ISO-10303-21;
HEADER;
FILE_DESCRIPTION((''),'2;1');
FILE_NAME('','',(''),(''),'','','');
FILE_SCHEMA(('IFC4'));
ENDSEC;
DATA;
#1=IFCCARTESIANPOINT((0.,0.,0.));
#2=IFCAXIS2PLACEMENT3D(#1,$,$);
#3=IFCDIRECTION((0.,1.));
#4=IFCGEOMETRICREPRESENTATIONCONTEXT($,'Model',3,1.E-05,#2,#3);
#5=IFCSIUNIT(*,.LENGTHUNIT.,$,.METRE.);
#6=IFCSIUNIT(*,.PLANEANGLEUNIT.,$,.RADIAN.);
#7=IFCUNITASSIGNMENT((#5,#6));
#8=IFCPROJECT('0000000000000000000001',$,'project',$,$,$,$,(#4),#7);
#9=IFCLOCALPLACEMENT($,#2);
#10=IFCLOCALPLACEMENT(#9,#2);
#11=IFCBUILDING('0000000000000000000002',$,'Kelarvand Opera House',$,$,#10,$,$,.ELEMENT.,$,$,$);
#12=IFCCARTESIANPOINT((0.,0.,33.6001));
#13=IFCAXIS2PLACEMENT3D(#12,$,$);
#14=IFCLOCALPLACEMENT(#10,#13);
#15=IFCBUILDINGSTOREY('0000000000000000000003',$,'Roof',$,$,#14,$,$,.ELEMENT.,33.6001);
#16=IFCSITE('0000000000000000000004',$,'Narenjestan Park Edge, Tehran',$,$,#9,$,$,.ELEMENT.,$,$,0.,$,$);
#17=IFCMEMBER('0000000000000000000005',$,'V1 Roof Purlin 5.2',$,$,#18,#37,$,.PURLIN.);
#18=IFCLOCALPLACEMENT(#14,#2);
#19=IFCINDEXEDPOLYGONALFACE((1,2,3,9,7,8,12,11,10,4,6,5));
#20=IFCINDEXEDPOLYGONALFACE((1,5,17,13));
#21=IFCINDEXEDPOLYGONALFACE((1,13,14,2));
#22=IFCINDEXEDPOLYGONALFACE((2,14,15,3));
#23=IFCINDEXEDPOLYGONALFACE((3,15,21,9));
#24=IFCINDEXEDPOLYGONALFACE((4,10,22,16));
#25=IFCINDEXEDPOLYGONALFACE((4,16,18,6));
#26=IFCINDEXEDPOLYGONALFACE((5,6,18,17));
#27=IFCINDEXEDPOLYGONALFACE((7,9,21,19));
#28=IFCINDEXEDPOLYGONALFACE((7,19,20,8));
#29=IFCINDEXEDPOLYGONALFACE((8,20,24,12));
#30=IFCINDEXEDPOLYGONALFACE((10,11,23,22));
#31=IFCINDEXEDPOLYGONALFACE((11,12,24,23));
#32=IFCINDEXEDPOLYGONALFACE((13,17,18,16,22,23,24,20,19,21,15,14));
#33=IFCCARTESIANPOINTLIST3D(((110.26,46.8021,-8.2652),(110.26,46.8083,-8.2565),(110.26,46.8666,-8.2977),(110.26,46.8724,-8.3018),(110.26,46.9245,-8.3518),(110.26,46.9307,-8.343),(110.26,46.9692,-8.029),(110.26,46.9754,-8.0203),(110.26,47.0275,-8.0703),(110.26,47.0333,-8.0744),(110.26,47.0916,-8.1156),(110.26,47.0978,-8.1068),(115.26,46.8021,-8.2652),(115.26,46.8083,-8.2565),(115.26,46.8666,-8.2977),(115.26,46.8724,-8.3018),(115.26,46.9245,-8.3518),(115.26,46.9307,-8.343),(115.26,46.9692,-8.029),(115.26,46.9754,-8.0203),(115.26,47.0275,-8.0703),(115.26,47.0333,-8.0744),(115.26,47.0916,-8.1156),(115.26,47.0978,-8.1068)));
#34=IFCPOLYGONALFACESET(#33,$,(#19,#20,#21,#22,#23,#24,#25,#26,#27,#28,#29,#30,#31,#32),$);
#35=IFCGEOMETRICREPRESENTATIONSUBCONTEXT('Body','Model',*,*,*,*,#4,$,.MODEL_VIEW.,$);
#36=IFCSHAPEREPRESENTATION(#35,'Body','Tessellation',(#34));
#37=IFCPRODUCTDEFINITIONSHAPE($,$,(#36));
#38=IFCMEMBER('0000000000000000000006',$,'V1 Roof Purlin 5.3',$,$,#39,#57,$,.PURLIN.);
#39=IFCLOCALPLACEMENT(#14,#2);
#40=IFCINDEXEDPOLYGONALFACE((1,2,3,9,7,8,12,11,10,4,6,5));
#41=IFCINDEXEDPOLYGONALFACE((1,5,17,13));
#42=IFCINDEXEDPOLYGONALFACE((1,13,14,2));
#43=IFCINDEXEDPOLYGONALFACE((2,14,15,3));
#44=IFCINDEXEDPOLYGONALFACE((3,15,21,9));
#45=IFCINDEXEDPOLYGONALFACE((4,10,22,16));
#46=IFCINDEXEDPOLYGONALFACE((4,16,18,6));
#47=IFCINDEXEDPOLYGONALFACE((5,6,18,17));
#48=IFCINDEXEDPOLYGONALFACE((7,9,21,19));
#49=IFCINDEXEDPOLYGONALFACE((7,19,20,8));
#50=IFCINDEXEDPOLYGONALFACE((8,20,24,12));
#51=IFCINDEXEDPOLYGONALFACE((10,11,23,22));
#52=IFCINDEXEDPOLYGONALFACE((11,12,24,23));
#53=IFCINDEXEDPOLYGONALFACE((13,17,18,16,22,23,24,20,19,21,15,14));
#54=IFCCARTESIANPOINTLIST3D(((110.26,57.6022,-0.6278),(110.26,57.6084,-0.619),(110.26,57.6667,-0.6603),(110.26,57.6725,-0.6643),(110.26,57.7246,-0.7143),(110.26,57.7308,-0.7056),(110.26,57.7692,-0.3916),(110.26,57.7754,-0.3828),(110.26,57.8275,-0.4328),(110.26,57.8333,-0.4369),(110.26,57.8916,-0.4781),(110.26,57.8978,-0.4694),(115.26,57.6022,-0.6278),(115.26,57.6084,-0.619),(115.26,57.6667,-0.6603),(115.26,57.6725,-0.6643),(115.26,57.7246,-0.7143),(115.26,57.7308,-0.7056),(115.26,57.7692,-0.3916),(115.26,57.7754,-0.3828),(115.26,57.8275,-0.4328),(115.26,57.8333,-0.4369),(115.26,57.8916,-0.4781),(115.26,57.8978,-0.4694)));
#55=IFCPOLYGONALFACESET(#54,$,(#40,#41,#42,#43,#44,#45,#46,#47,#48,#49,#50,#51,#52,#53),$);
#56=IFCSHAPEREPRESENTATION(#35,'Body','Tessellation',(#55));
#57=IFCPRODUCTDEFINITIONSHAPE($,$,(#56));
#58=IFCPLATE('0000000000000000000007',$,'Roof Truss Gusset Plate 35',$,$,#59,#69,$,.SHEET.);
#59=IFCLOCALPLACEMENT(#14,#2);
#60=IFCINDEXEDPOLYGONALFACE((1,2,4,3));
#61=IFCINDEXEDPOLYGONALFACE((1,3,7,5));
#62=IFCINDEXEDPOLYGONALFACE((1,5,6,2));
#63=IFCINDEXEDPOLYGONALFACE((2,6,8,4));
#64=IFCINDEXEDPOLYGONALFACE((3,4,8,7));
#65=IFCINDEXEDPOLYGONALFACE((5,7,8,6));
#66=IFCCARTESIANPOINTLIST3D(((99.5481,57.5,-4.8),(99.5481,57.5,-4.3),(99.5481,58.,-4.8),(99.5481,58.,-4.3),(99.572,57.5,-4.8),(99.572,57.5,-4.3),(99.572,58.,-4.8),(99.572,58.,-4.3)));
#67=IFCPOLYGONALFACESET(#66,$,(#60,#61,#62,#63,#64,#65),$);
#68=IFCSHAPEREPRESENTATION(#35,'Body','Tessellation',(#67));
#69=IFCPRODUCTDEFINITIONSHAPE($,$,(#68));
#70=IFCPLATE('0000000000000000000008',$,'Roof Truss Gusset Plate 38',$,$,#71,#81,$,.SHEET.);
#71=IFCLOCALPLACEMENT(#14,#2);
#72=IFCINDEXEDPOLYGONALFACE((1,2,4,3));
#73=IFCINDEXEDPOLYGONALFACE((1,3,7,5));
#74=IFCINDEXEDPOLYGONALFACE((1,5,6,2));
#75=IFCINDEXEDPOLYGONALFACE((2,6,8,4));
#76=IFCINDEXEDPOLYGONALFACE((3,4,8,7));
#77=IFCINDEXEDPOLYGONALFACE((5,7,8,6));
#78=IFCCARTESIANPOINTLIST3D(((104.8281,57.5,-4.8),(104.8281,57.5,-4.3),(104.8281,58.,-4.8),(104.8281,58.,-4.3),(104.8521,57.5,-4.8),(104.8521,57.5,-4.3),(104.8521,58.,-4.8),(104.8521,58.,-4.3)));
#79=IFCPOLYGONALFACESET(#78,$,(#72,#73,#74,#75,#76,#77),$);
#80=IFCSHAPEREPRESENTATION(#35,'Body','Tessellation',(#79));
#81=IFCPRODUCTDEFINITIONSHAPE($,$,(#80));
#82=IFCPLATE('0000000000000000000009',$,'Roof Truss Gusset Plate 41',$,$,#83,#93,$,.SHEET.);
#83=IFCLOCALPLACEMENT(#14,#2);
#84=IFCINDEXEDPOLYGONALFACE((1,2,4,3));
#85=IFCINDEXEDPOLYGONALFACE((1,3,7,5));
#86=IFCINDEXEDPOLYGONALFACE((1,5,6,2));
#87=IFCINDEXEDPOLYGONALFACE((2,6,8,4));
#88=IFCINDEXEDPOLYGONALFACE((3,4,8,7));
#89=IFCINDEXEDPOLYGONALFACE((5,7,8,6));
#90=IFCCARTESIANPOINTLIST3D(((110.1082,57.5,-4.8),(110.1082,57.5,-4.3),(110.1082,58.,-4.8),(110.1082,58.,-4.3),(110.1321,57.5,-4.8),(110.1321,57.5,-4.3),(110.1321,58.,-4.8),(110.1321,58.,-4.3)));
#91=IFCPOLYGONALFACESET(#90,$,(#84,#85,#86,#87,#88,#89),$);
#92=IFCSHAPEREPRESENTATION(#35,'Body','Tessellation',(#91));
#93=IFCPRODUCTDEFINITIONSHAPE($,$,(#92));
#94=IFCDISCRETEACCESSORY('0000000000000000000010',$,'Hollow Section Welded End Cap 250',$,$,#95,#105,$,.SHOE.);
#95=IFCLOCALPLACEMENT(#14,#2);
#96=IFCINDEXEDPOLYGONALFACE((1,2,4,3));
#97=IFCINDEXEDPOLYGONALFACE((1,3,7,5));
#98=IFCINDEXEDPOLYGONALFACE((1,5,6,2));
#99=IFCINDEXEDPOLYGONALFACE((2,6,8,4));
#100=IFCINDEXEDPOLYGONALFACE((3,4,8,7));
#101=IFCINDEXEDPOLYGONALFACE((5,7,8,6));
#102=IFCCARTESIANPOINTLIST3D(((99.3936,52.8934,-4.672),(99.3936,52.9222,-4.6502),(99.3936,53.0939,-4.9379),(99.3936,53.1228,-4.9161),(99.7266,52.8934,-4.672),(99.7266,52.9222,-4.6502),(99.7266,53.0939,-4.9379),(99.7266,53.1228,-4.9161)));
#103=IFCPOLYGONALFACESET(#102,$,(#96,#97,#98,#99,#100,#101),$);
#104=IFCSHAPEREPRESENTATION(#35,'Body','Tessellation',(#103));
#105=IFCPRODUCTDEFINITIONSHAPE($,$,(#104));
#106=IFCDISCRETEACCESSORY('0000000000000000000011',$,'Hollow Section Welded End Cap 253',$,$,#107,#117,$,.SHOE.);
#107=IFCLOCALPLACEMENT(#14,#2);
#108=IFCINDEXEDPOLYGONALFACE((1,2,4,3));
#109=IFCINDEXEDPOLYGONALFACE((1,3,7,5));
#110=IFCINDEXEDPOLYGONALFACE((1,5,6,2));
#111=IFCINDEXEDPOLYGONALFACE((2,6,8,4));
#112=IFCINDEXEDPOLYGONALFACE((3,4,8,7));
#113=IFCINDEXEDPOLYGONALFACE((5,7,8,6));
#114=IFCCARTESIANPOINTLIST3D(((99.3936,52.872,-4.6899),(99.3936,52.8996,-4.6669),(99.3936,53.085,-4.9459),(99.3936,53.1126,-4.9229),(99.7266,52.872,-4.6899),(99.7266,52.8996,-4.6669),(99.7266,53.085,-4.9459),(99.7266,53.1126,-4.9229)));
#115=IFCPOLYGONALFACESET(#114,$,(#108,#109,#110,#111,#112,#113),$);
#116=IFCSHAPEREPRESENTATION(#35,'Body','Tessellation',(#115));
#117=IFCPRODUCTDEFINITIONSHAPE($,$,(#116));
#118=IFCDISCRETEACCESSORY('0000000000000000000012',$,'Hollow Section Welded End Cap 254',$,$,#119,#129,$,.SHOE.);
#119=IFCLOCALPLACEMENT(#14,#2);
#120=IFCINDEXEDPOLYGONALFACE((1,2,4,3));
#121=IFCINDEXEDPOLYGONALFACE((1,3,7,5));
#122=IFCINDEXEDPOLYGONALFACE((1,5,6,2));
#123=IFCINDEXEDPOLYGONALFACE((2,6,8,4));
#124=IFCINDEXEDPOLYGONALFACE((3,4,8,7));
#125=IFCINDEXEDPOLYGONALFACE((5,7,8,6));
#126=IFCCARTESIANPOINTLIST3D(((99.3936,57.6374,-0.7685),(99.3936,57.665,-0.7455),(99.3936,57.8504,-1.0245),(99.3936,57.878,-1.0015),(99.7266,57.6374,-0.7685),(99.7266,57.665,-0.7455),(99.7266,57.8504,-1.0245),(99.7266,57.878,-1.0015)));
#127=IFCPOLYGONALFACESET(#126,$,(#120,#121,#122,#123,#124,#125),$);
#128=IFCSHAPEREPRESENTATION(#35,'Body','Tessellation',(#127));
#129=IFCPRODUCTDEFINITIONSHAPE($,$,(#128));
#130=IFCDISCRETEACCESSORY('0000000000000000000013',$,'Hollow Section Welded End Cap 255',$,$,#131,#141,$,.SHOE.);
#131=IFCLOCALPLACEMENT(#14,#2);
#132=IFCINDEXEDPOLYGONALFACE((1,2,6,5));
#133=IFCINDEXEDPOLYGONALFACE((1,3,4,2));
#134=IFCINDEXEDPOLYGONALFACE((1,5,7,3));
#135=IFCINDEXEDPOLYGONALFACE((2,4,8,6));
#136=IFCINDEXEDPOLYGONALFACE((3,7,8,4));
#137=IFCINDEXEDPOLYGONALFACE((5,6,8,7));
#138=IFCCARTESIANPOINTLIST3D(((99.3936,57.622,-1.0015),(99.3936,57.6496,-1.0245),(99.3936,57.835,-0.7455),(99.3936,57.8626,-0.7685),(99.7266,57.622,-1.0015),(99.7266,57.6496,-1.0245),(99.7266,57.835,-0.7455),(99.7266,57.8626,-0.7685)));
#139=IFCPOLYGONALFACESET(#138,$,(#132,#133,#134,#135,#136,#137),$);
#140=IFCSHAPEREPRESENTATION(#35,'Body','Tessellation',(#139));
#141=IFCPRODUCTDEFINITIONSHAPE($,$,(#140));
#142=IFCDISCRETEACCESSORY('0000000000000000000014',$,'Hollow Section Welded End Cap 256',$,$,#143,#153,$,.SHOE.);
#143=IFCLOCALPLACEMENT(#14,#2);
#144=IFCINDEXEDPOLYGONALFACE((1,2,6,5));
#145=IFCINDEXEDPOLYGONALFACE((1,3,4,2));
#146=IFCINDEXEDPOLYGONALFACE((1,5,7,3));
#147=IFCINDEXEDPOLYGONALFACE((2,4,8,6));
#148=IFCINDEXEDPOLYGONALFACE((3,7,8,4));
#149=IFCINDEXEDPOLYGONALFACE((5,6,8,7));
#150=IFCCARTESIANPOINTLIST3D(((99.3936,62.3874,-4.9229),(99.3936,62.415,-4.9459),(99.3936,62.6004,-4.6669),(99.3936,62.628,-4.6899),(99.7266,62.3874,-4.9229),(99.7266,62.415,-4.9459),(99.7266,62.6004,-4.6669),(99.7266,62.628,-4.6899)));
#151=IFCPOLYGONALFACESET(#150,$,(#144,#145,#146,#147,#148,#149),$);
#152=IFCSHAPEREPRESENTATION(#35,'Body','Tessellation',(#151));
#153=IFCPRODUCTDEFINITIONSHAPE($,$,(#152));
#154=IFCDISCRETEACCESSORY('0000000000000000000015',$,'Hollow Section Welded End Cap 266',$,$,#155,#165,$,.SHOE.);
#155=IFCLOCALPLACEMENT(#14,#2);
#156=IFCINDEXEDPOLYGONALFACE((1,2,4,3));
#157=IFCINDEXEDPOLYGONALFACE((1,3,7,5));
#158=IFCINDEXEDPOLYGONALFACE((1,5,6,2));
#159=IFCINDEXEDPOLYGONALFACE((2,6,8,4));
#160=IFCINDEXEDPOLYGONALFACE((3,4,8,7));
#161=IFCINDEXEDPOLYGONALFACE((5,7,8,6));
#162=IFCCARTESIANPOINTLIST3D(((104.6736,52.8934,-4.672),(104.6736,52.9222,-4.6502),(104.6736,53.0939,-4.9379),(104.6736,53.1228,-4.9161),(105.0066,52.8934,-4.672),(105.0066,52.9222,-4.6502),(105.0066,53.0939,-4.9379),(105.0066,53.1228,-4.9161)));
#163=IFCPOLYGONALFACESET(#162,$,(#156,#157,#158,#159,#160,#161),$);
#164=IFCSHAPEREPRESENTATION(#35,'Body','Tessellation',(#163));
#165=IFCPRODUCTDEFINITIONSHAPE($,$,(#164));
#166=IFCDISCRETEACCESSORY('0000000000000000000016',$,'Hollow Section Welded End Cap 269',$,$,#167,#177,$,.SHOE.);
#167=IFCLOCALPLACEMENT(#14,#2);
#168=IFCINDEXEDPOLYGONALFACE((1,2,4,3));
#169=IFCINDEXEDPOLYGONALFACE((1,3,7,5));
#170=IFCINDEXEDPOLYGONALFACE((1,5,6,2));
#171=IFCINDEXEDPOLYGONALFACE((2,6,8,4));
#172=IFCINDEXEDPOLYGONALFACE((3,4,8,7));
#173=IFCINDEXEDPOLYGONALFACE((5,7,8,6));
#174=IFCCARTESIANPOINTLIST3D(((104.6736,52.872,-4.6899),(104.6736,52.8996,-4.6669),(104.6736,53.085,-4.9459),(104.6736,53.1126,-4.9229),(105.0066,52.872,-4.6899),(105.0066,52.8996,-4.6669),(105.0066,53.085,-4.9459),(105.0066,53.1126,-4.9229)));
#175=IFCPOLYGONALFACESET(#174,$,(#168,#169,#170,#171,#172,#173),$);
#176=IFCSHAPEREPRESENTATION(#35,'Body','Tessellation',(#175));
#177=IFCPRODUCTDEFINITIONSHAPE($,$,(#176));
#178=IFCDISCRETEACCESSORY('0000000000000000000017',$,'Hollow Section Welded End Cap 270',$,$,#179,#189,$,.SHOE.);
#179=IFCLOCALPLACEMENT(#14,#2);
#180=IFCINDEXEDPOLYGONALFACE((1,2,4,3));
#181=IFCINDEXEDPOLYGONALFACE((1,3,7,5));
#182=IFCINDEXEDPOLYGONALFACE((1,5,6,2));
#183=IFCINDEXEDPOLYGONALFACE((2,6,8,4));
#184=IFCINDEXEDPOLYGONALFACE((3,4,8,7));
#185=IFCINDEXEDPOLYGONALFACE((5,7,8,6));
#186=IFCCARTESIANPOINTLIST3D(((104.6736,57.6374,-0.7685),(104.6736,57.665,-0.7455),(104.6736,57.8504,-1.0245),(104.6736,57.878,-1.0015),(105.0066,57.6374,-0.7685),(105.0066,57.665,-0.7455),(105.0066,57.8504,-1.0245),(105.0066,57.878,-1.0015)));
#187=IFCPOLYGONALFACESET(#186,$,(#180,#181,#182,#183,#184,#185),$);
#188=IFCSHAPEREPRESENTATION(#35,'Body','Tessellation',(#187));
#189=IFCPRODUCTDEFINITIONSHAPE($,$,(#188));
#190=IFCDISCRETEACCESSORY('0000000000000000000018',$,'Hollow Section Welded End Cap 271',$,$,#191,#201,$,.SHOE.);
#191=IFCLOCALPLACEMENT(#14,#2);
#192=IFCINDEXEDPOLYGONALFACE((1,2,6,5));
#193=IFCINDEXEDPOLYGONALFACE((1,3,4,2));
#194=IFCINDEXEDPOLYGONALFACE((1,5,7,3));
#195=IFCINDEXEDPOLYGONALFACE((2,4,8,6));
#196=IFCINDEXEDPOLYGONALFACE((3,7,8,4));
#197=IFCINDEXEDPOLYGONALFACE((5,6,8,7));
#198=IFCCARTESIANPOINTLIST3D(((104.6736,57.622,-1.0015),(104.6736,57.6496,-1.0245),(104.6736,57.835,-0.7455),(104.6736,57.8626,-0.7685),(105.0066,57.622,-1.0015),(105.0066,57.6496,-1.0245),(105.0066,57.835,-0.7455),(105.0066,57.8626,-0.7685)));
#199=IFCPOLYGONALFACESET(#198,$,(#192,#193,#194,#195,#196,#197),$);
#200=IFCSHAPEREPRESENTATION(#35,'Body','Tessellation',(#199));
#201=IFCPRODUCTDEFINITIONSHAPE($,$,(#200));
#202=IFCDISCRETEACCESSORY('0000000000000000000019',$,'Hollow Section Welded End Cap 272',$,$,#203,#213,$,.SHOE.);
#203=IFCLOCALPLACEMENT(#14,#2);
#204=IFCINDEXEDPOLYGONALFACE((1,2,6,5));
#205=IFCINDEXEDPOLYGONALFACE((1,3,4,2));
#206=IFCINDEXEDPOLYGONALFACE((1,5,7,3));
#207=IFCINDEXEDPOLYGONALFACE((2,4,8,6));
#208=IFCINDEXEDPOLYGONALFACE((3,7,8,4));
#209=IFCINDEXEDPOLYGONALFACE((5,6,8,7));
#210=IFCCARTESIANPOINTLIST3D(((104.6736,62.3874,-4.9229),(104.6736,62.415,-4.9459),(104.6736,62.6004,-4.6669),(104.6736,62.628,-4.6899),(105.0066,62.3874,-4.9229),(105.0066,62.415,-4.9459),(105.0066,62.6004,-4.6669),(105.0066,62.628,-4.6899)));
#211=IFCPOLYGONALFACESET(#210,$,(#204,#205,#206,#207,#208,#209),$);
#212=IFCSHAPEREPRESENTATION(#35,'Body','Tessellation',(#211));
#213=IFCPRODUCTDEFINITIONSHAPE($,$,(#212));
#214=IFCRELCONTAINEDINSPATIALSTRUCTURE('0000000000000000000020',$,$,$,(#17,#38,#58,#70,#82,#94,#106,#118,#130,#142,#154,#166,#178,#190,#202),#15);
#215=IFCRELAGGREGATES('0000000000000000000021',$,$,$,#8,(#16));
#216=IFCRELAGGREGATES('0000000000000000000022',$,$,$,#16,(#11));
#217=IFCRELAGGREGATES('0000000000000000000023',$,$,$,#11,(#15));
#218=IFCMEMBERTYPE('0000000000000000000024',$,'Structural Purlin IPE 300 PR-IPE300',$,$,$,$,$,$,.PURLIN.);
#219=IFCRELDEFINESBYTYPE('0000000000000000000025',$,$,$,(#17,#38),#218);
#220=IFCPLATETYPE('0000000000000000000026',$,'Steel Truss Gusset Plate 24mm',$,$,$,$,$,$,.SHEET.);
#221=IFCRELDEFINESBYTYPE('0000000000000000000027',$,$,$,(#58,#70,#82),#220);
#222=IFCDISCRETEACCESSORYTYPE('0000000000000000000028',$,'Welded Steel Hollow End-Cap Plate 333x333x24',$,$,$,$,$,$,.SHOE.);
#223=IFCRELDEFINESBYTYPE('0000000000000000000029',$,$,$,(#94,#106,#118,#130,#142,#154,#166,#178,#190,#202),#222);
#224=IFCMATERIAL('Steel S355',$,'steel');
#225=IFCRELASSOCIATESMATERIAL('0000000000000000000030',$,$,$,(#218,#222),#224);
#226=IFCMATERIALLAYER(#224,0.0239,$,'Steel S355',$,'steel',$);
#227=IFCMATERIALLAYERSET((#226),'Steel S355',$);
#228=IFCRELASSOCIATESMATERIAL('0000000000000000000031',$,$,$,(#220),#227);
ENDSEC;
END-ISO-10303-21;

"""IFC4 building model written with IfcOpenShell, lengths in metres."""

from ifc_helpers import new_model, si_unit, direction, frame, origin, origin_2d, place, context, subcontext, project, spatial, rectangle, i_section, extrude, material, layer, layer_set, material_profile, profile_set, type_object, element, save


model = new_model("IFC4")

# Units and contexts
model_context = context("Model", 3, precision=1e-05, world=origin(), true_north=direction((0.0, 1.0)))
body_context = subcontext(model_context, "Body", "Model", "MODEL_VIEW")
ifc_project = project(units=[si_unit("LENGTHUNIT", "METRE"), si_unit("PLANEANGLEUNIT", "RADIAN")], contexts=[model_context])

# Site, building, storey
site_placement = place(None, origin())
site = spatial("IfcSite", under=ifc_project, at=site_placement, Name="Narenjestan Park Edge, Tehran", CompositionType="ELEMENT", RefElevation=0.0)
building_placement = place(site_placement, origin())
building = spatial("IfcBuilding", under=site, at=building_placement, Name="Kelarvand Opera House", CompositionType="ELEMENT")
storey_placement = place(building_placement, frame((0.0, 0.0, 33.6001)))
storey = spatial("IfcBuildingStorey", under=building, at=storey_placement, Name="Roof", CompositionType="ELEMENT", Elevation=33.6001)

# Members
ifc_material = material(Name="Steel S355", Category="steel")
ifc_material_profile_1 = material_profile(ifc_material, i_section(OverallWidth=0.1499, OverallDepth=0.3, WebThickness=0.0071, FlangeThickness=0.0107, at=origin_2d()), Name="IPE 300", Category="steel")
ifc_profile_set_1 = profile_set([ifc_material_profile_1], Name="Steel S355")
member_type_1 = type_object("IfcMemberType", Name="Structural Purlin IPE 300 PR-IPE300", PredefinedType="PURLIN", material=ifc_profile_set_1)
for number, where, z_axis, x_axis, name in (
    (1, (110.26, 46.95, -8.186), (1.0, 0.0, 0.0), (0.0, 0.81644, -0.57743), "V1 Roof Purlin 5.2"),
    (2, (110.26, 57.75, -0.5486), (1.0, 0.0, 0.0), (0.0, 0.81644, -0.57743), "V1 Roof Purlin 5.3"),
):
    element("IfcMember", number, at=place(storey_placement, frame(where, z_axis=z_axis, x_axis=x_axis)), inside=storey, type_object=member_type_1, Name=name, PredefinedType="PURLIN", context=body_context, shape_type="SweptSolid", body=[
        extrude(i_section(OverallWidth=0.1499, OverallDepth=0.3, WebThickness=0.0071, FlangeThickness=0.0107, at=origin_2d()), origin(), (0.0, 0.0, 1.0), 5.0),
    ])

# Plates
ifc_layer = layer(ifc_material, 0.0239, Name="Steel S355", Category="steel")
ifc_layer_set = layer_set([ifc_layer], Name="Steel S355")
plate_type = type_object("IfcPlateType", Name="Steel Truss Gusset Plate 24mm", PredefinedType="SHEET", material=ifc_layer_set)
for number, where, z_axis, x_axis, name in (
    (3, (99.5601, 57.75, -4.8), (0.0, 0.0, 1.0), (1.0, 0.0, 0.0), "Roof Truss Gusset Plate 35"),
    (4, (104.8401, 57.75, -4.8), (0.0, 0.0, 1.0), (1.0, 0.0, 0.0), "Roof Truss Gusset Plate 38"),
    (5, (110.1201, 57.75, -4.8), (0.0, 0.0, 1.0), (1.0, 0.0, 0.0), "Roof Truss Gusset Plate 41"),
):
    element("IfcPlate", number, at=place(storey_placement, frame(where, z_axis=z_axis, x_axis=x_axis)), inside=storey, type_object=plate_type, Name=name, PredefinedType="SHEET", context=body_context, shape_type="SweptSolid", body=[
        extrude(rectangle(XDim=0.0239, YDim=0.5, at=origin_2d()), origin(), (0.0, 0.0, 1.0), 0.5),
    ])

# Discrete accessories
ifc_material_profile_2 = material_profile(ifc_material, rectangle(XDim=0.333, YDim=0.333, at=origin_2d()), Name="Welded Steel Hollow End-Cap Plate 333x333x24", Category="steel")
ifc_profile_set_2 = profile_set([ifc_material_profile_2], Name="Steel S355")
discrete_accessory_type = type_object("IfcDiscreteAccessoryType", Name="Welded Steel Hollow End-Cap Plate 333x333x24", PredefinedType="SHOE", material=ifc_profile_set_2)
discrete_accessory_1_placement = place(storey_placement, frame((99.5601, 52.9937, -4.8049), z_axis=(0.0, 0.798373, 0.602163), x_axis=(-1.0, 0.0, 0.0)))
element("IfcDiscreteAccessory", 6, at=discrete_accessory_1_placement, inside=storey, type_object=discrete_accessory_type, Name="Hollow Section Welded End Cap 250", PredefinedType="SHOE", context=body_context, shape_type="SweptSolid", body=[
    extrude(rectangle(XDim=0.333, YDim=0.333, at=origin_2d()), origin(), (0.0, 0.0, 1.0), 0.0361),
])
for number, where, z_axis, x_axis, name in (
    (7, (99.5601, 53.0061, -4.7949), (0.0, -0.768779, -0.639515), (1.0, 0.0, 0.0), "Hollow Section Welded End Cap 253"),
    (8, (99.5601, 57.7439, -0.8965), (0.0, 0.768779, 0.639515), (-1.0, 0.0, 0.0), "Hollow Section Welded End Cap 254"),
    (9, (99.5601, 57.7561, -0.8965), (0.0, -0.768779, 0.639515), (1.0, 0.0, 0.0), "Hollow Section Welded End Cap 255"),
    (10, (99.5601, 62.4939, -4.7949), (0.0, 0.768779, -0.639515), (-1.0, 0.0, 0.0), "Hollow Section Welded End Cap 256"),
):
    element("IfcDiscreteAccessory", number, at=place(storey_placement, frame(where, z_axis=z_axis, x_axis=x_axis)), inside=storey, type_object=discrete_accessory_type, Name=name, PredefinedType="SHOE", context=body_context, shape_type="SweptSolid", body=[
        extrude(rectangle(XDim=0.333, YDim=0.333, at=origin_2d()), origin(), (0.0, 0.0, 1.0), 0.0359),
    ])
discrete_accessory_2_placement = place(storey_placement, frame((104.8401, 52.9937, -4.8049), z_axis=(0.0, 0.798373, 0.602163), x_axis=(-1.0, 0.0, 0.0)))
element("IfcDiscreteAccessory", 11, at=discrete_accessory_2_placement, inside=storey, type_object=discrete_accessory_type, Name="Hollow Section Welded End Cap 266", PredefinedType="SHOE", context=body_context, shape_type="SweptSolid", body=[
    extrude(rectangle(XDim=0.333, YDim=0.333, at=origin_2d()), origin(), (0.0, 0.0, 1.0), 0.0361),
])
for number, where, z_axis, x_axis, name in (
    (12, (104.8401, 53.0061, -4.7949), (0.0, -0.768779, -0.639515), (1.0, 0.0, 0.0), "Hollow Section Welded End Cap 269"),
    (13, (104.8401, 57.7439, -0.8965), (0.0, 0.768779, 0.639515), (-1.0, 0.0, 0.0), "Hollow Section Welded End Cap 270"),
    (14, (104.8401, 57.7561, -0.8965), (0.0, -0.768779, 0.639515), (1.0, 0.0, 0.0), "Hollow Section Welded End Cap 271"),
    (15, (104.8401, 62.4939, -4.7949), (0.0, 0.768779, -0.639515), (-1.0, 0.0, 0.0), "Hollow Section Welded End Cap 272"),
):
    element("IfcDiscreteAccessory", number, at=place(storey_placement, frame(where, z_axis=z_axis, x_axis=x_axis)), inside=storey, type_object=discrete_accessory_type, Name=name, PredefinedType="SHOE", context=body_context, shape_type="SweptSolid", body=[
        extrude(rectangle(XDim=0.333, YDim=0.333, at=origin_2d()), origin(), (0.0, 0.0, 1.0), 0.0359),
    ])

save(model, "model.ifc")
